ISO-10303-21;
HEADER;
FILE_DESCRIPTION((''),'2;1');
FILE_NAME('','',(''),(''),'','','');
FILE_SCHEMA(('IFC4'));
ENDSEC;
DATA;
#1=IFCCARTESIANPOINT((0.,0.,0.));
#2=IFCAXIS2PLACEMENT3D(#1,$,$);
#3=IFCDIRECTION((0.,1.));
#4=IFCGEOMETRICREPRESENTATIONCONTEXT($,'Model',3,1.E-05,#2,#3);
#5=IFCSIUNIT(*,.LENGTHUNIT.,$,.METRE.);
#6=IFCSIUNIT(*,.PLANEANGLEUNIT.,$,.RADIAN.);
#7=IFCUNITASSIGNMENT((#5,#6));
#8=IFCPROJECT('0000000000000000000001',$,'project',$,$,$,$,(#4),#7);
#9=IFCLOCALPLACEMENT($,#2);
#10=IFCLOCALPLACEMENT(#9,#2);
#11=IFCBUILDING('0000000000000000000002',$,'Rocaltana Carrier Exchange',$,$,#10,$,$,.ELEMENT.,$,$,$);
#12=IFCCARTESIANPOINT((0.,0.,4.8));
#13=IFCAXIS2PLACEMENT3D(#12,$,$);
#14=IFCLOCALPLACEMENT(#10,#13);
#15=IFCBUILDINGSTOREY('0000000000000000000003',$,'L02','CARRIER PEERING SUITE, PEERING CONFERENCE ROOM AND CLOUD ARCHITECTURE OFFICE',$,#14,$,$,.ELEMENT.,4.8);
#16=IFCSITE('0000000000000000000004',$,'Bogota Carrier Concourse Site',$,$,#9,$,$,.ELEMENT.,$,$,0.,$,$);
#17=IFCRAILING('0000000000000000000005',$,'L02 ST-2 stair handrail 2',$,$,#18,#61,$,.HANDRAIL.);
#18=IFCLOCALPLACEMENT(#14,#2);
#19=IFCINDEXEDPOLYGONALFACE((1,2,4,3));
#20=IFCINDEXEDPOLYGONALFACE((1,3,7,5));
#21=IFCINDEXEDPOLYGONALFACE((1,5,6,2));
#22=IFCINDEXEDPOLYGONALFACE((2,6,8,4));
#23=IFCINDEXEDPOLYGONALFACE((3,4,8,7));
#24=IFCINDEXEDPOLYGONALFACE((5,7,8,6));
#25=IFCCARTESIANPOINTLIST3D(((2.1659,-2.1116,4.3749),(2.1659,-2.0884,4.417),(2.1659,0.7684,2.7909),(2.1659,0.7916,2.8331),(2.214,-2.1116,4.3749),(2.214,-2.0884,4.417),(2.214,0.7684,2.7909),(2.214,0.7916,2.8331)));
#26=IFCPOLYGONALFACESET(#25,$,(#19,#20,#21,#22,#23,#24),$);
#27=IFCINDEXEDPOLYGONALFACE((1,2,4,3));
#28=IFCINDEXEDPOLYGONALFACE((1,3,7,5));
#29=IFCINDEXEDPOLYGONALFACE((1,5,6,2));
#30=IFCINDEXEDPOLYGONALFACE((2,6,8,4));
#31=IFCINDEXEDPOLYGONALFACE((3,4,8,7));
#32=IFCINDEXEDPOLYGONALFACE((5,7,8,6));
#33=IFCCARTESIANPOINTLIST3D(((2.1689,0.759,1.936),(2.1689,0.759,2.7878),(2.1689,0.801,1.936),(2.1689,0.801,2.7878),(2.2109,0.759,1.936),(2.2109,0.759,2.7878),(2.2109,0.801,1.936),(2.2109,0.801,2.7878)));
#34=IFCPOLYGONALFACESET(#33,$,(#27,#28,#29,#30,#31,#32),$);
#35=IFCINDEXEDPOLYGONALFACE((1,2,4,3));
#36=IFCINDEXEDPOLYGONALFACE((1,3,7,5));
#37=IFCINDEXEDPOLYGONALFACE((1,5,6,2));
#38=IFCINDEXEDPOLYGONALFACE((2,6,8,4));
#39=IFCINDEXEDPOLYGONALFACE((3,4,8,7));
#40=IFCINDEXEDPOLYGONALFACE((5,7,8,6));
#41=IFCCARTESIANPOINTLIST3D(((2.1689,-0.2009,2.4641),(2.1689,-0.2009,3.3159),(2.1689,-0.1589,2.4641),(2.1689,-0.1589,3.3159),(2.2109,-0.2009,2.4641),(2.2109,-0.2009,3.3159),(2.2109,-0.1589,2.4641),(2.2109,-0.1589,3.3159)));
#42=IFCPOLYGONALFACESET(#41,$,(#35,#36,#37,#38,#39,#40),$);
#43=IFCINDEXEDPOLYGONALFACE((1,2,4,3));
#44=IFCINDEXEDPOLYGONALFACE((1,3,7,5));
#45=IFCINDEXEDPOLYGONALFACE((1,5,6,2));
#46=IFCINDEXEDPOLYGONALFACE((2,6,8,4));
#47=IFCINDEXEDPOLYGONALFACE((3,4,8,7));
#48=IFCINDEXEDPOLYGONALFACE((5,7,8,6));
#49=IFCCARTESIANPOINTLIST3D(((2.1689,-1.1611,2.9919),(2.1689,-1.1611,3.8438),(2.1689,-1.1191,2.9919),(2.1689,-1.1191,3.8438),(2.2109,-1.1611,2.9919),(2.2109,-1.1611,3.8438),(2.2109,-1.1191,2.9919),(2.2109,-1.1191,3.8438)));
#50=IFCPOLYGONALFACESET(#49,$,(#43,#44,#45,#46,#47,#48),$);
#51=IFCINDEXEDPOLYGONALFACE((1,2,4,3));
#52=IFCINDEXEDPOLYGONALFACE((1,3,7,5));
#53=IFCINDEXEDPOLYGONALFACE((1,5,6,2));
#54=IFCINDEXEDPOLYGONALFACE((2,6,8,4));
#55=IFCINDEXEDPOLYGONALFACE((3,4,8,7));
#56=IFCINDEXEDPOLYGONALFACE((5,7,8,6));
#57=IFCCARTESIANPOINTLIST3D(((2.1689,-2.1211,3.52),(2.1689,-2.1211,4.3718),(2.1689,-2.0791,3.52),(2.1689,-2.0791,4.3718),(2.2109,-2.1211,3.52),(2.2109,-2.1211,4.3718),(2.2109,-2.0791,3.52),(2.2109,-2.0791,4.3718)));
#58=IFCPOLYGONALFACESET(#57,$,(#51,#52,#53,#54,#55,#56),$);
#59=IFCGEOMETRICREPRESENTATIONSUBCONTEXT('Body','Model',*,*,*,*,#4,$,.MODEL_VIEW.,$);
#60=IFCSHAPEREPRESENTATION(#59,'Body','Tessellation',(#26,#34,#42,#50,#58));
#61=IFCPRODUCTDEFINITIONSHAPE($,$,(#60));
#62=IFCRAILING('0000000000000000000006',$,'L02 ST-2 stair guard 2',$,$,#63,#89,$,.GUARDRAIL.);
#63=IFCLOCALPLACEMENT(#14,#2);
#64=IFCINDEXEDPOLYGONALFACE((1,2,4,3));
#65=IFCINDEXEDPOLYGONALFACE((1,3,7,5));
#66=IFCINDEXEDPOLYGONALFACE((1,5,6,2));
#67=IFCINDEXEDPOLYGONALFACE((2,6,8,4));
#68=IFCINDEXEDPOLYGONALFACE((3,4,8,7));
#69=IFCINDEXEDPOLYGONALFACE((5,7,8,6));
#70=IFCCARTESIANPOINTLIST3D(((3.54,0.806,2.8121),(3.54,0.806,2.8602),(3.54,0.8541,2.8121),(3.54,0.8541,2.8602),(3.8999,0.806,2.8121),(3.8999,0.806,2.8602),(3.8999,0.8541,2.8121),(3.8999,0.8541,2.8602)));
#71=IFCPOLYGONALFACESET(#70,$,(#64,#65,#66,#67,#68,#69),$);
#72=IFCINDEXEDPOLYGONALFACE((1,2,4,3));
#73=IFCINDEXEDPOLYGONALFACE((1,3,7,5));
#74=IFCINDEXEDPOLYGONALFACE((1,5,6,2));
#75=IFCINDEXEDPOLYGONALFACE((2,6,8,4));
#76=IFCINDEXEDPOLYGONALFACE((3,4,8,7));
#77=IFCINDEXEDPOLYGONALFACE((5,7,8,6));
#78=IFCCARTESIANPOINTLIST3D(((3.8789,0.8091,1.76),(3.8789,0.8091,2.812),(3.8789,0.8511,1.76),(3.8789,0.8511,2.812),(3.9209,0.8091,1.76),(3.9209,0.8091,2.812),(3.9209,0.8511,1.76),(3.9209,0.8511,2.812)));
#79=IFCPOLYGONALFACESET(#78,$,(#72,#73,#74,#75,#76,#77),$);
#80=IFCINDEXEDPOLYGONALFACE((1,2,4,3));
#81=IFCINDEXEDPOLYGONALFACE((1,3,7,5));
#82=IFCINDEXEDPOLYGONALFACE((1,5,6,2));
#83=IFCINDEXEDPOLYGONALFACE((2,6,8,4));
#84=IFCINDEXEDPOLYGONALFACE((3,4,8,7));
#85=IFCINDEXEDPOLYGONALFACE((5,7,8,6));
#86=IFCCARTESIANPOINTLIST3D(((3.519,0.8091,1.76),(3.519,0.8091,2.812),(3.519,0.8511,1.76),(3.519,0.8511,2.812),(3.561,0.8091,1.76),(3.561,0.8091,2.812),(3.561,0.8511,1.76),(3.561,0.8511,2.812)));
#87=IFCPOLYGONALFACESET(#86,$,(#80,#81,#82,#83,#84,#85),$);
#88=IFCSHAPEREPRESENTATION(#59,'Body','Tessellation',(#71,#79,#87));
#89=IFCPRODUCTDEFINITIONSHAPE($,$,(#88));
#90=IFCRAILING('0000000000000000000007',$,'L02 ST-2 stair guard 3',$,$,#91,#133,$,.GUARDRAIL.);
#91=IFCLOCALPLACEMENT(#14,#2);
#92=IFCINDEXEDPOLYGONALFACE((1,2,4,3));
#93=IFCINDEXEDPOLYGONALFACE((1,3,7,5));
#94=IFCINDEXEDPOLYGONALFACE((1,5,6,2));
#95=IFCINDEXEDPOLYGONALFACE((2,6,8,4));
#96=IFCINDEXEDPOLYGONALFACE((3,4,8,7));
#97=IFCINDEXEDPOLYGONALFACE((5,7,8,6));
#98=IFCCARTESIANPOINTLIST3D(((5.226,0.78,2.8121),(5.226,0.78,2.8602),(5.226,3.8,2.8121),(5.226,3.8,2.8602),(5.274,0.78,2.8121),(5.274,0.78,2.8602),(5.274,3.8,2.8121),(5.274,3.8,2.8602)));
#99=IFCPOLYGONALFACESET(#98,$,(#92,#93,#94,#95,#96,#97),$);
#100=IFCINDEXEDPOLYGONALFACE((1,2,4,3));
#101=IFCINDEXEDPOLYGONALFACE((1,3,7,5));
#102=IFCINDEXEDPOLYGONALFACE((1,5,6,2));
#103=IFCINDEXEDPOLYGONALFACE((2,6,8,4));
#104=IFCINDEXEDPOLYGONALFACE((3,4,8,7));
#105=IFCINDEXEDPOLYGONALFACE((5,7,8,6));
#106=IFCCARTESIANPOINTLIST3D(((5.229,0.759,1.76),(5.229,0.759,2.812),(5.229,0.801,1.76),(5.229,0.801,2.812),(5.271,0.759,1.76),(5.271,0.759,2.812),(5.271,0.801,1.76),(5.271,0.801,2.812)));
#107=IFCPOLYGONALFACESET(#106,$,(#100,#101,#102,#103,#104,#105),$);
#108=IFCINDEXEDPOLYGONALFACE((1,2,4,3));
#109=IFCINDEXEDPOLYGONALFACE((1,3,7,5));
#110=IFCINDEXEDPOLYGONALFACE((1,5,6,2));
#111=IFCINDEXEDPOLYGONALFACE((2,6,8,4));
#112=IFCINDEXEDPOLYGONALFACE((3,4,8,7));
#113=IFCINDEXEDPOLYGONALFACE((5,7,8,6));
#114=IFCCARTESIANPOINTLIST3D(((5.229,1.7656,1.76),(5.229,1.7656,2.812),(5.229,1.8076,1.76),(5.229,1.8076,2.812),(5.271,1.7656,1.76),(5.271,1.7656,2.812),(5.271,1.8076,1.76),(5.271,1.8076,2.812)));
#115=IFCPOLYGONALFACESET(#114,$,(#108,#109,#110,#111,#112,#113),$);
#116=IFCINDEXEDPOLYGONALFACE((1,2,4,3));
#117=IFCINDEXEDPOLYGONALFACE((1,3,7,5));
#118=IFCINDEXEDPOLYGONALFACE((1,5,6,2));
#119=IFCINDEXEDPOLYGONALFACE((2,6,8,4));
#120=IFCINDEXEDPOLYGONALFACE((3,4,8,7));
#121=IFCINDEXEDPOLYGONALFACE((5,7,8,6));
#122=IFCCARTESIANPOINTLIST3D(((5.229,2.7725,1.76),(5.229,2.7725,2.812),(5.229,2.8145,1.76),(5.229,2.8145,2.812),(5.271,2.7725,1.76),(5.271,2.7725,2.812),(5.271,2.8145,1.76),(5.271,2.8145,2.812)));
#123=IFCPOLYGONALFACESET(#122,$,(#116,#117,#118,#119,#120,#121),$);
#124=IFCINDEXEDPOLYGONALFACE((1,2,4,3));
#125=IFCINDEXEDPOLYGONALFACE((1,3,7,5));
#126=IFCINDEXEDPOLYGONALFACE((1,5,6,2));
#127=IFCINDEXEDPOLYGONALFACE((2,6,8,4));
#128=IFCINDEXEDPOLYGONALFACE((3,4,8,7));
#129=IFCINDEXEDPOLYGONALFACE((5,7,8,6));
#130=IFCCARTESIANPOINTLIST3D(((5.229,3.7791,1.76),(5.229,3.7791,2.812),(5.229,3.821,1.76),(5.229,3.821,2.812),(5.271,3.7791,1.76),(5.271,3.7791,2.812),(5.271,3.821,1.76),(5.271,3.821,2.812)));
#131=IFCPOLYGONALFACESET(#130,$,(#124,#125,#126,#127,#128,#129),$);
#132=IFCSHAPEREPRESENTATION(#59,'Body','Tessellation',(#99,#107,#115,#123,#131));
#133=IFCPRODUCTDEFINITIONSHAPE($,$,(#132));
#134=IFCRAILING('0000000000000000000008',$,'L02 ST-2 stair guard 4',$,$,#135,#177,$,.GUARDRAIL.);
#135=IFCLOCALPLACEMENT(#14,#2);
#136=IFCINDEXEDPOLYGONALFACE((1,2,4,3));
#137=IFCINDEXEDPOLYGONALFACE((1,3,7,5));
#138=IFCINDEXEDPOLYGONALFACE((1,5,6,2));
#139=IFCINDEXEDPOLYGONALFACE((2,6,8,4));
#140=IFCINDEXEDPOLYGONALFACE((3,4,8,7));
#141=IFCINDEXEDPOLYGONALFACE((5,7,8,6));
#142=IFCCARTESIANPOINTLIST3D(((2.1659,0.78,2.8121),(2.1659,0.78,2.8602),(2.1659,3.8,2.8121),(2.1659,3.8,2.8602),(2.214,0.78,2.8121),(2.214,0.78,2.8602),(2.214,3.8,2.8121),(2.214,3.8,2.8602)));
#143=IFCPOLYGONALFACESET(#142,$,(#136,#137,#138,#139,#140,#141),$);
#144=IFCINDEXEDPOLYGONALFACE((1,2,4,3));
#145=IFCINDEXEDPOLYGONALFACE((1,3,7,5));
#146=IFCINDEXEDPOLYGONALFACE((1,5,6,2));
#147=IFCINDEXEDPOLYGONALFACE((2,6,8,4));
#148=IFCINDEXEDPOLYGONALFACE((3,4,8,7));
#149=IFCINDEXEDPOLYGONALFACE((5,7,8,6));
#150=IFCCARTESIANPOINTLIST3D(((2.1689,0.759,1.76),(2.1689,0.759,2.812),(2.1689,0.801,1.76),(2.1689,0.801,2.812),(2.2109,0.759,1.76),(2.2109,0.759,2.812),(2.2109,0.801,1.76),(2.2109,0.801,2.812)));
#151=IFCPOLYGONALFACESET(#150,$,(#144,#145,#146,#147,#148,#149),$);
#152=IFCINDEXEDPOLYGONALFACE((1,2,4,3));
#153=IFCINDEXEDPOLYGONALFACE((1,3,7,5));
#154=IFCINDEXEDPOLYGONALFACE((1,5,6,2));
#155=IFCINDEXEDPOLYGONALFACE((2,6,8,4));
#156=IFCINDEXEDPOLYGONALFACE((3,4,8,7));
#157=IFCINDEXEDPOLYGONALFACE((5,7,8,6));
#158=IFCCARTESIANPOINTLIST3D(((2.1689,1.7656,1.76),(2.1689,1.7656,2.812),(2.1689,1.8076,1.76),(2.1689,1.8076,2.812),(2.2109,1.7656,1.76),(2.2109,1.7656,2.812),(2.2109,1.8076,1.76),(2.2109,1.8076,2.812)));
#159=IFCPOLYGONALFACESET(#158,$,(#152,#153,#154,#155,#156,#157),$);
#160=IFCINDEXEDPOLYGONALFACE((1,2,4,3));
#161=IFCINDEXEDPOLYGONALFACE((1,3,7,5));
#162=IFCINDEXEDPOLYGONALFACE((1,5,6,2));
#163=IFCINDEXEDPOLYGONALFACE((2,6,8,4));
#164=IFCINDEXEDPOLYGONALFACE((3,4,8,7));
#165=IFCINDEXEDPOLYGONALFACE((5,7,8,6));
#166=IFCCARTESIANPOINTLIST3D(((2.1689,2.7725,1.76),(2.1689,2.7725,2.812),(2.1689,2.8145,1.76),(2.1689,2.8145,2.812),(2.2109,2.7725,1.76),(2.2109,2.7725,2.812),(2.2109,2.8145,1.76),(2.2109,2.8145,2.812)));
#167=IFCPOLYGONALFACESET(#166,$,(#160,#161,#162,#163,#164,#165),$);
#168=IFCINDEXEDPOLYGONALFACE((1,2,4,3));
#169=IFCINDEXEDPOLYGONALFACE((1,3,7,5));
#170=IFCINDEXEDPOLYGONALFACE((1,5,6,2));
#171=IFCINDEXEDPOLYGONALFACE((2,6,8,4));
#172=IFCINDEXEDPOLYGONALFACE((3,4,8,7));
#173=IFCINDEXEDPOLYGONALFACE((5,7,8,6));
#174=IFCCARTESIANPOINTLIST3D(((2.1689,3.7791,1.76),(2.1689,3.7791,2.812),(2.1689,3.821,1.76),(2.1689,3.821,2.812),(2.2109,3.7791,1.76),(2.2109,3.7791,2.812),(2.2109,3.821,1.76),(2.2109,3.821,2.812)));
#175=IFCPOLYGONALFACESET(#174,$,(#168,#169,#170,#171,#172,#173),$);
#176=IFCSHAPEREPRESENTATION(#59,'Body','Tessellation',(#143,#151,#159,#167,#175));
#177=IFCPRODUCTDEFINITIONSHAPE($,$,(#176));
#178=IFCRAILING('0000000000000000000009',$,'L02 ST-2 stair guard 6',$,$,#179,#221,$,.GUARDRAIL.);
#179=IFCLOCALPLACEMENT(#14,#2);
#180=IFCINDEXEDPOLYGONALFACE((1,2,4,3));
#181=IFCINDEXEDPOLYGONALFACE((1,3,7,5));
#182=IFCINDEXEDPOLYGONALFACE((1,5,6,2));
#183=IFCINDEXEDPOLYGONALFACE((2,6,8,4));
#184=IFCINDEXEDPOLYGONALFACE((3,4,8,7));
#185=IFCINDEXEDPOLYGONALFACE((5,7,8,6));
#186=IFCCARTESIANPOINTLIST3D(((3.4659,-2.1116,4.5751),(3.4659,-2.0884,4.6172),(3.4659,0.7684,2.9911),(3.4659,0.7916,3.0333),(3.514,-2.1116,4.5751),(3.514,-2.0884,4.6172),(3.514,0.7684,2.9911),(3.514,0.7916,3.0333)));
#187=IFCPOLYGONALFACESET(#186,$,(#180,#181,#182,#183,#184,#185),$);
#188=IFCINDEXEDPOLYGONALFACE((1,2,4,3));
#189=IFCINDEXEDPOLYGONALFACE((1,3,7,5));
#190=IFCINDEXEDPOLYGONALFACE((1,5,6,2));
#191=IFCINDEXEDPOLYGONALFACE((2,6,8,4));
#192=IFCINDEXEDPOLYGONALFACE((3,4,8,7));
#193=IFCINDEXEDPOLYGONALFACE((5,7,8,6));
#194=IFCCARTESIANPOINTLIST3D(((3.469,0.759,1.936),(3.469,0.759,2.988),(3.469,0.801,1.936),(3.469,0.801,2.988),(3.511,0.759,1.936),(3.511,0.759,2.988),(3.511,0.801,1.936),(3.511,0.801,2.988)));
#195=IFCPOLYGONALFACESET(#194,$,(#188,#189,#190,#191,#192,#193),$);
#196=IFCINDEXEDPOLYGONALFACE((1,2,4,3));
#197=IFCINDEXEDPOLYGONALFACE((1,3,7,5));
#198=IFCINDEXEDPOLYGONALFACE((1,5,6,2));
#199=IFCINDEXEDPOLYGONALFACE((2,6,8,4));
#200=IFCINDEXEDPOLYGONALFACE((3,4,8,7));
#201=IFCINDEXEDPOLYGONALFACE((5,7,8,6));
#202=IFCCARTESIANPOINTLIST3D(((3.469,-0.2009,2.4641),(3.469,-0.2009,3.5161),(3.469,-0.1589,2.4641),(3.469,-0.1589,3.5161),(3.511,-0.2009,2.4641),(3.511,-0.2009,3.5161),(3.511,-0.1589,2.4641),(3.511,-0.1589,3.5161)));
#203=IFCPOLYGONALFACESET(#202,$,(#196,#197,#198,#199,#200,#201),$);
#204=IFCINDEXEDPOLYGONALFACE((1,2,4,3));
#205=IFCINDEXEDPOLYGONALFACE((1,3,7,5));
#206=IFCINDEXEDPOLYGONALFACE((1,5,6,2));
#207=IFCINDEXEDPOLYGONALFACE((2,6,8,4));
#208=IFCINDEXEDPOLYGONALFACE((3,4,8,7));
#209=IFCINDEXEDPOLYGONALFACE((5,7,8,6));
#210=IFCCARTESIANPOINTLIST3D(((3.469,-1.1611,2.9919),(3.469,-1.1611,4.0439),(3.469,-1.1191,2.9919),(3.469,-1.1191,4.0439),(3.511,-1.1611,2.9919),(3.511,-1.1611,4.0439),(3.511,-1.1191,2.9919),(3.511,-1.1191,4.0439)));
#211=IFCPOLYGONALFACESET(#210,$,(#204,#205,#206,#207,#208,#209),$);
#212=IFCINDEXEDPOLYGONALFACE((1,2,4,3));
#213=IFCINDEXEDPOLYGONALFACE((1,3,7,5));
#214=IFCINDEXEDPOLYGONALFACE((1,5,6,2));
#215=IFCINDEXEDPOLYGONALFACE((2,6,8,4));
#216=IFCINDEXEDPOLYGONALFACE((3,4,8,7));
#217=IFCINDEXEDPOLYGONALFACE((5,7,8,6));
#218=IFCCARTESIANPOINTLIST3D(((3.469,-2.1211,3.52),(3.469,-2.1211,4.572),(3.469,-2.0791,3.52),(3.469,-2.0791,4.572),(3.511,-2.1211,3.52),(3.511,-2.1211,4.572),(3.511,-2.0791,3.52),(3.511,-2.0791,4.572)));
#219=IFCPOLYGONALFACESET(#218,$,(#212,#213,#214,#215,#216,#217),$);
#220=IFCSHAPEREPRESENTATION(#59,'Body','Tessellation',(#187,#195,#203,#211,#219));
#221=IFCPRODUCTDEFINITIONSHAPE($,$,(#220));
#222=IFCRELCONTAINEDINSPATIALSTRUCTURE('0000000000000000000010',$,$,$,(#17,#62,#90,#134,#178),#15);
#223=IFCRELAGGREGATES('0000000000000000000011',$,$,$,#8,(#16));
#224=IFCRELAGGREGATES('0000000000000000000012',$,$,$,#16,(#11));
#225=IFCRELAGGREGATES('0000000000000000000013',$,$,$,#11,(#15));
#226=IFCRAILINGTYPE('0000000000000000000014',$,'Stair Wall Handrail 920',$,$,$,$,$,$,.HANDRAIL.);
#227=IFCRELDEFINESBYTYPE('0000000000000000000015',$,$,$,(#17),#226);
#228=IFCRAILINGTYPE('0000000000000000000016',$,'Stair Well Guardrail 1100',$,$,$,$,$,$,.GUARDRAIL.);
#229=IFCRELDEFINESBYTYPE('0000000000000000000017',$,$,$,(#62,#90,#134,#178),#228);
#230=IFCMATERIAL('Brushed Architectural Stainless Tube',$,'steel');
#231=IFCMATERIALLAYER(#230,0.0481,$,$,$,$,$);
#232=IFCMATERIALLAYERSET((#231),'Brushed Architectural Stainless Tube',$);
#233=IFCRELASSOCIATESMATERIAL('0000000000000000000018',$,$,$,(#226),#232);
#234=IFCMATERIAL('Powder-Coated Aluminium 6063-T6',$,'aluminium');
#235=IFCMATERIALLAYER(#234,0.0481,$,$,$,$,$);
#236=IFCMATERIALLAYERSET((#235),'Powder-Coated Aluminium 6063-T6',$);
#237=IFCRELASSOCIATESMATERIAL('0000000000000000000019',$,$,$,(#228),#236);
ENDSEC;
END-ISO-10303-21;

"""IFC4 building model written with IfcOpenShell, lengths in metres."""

from ifc_helpers import new_model, si_unit, direction, frame, origin, origin_2d, place, context, subcontext, project, spatial, rectangle, extrude, material, layer, layer_set, type_object, element, save


model = new_model("IFC4")

# Units and contexts
model_context = context("Model", 3, precision=1e-05, world=origin(), true_north=direction((0.0, 1.0)))
body_context = subcontext(model_context, "Body", "Model", "MODEL_VIEW")
ifc_project = project(units=[si_unit("LENGTHUNIT", "METRE"), si_unit("PLANEANGLEUNIT", "RADIAN")], contexts=[model_context])

# Site, building, storey
site_placement = place(None, origin())
site = spatial("IfcSite", under=ifc_project, at=site_placement, Name="Bogota Carrier Concourse Site", CompositionType="ELEMENT", RefElevation=0.0)
building_placement = place(site_placement, origin())
building = spatial("IfcBuilding", under=site, at=building_placement, Name="Rocaltana Carrier Exchange", CompositionType="ELEMENT")
storey_placement = place(building_placement, frame((0.0, 0.0, 4.8)))
storey = spatial("IfcBuildingStorey", under=building, at=storey_placement, Name="L02", Description="CARRIER PEERING SUITE, PEERING CONFERENCE ROOM AND CLOUD ARCHITECTURE OFFICE", CompositionType="ELEMENT", Elevation=4.8)

# Railings
ifc_material_1 = material(Name="Brushed Architectural Stainless Tube", Category="steel")
ifc_layer_1 = layer(ifc_material_1, 0.0481)
ifc_layer_set_1 = layer_set([ifc_layer_1], Name="Brushed Architectural Stainless Tube")
railing_type_1 = type_object("IfcRailingType", Name="Stair Wall Handrail 920", PredefinedType="HANDRAIL", material=ifc_layer_set_1)
railing_1_placement = place(storey_placement, frame((2.1899, 0.78, 1.936)))
element("IfcRailing", 1, at=railing_1_placement, inside=storey, type_object=railing_type_1, Name="L02 ST-2 stair handrail 2", PredefinedType="HANDRAIL", context=body_context, shape_type="SweptSolid", body=[
    extrude(rectangle(XDim=0.0481, YDim=0.0481, at=origin_2d()), frame((0.0, 0.0, 0.876), z_axis=(0.0, -0.876227, 0.481899), x_axis=(1.0, 0.0, 0.0)), (0.0, 0.0, 1.0), 3.2869),
    extrude(rectangle(XDim=0.042, YDim=0.042, at=origin_2d()), origin(), (0.0, 0.0, 1.0), 0.8518),
    extrude(rectangle(XDim=0.042, YDim=0.042, at=origin_2d()), frame((0.0, -0.96, 0.5281)), (0.0, 0.0, 1.0), 0.8518),
    extrude(rectangle(XDim=0.042, YDim=0.042, at=origin_2d()), frame((0.0, -1.9202, 1.0559)), (0.0, 0.0, 1.0), 0.8518),
    extrude(rectangle(XDim=0.042, YDim=0.042, at=origin_2d()), frame((0.0, -2.8801, 1.584)), (0.0, 0.0, 1.0), 0.8518),
])
ifc_material_2 = material(Name="Powder-Coated Aluminium 6063-T6", Category="aluminium")
ifc_layer_2 = layer(ifc_material_2, 0.0481)
ifc_layer_set_2 = layer_set([ifc_layer_2], Name="Powder-Coated Aluminium 6063-T6")
railing_type_2 = type_object("IfcRailingType", Name="Stair Well Guardrail 1100", PredefinedType="GUARDRAIL", material=ifc_layer_set_2)
railing_2_placement = place(storey_placement, frame((3.8999, 0.8301, 1.76)))
element("IfcRailing", 2, at=railing_2_placement, inside=storey, type_object=railing_type_2, Name="L02 ST-2 stair guard 2", PredefinedType="GUARDRAIL", context=body_context, shape_type="SweptSolid", body=[
    extrude(rectangle(XDim=0.0481, YDim=0.0481, at=origin_2d()), frame((0.0, 0.0, 1.0762), z_axis=(-1.0, 0.0, 0.0), x_axis=(0.0, -1.0, 0.0)), (0.0, 0.0, 1.0), 0.3599),
    extrude(rectangle(XDim=0.042, YDim=0.042, at=origin_2d()), origin(), (0.0, 0.0, 1.0), 1.052),
    extrude(rectangle(XDim=0.042, YDim=0.042, at=origin_2d()), frame((-0.3599, 0.0, 0.0)), (0.0, 0.0, 1.0), 1.052),
])
for number, where, name in (
    (3, (5.25, 0.78, 1.76), "L02 ST-2 stair guard 3"),
    (4, (2.1899, 0.78, 1.76), "L02 ST-2 stair guard 4"),
):
    element("IfcRailing", number, at=place(storey_placement, frame(where)), inside=storey, type_object=railing_type_2, Name=name, PredefinedType="GUARDRAIL", context=body_context, shape_type="SweptSolid", body=[
        extrude(rectangle(XDim=0.0481, YDim=0.0481, at=origin_2d()), frame((0.0, 0.0, 1.0762), z_axis=(0.0, 1.0, 0.0), x_axis=(-1.0, 0.0, 0.0)), (0.0, 0.0, 1.0), 3.02),
        extrude(rectangle(XDim=0.042, YDim=0.042, at=origin_2d()), origin(), (0.0, 0.0, 1.0), 1.052),
        extrude(rectangle(XDim=0.042, YDim=0.042, at=origin_2d()), frame((0.0, 1.0066, 0.0)), (0.0, 0.0, 1.0), 1.052),
        extrude(rectangle(XDim=0.042, YDim=0.042, at=origin_2d()), frame((0.0, 2.0134, 0.0)), (0.0, 0.0, 1.0), 1.052),
        extrude(rectangle(XDim=0.042, YDim=0.042, at=origin_2d()), frame((0.0, 3.02, 0.0)), (0.0, 0.0, 1.0), 1.052),
    ])
railing_3_placement = place(storey_placement, frame((3.49, 0.78, 1.936)))
element("IfcRailing", 5, at=railing_3_placement, inside=storey, type_object=railing_type_2, Name="L02 ST-2 stair guard 6", PredefinedType="GUARDRAIL", context=body_context, shape_type="SweptSolid", body=[
    extrude(rectangle(XDim=0.0481, YDim=0.0481, at=origin_2d()), frame((0.0, 0.0, 1.0762), z_axis=(0.0, -0.876227, 0.481899), x_axis=(1.0, 0.0, 0.0)), (0.0, 0.0, 1.0), 3.2869),
    extrude(rectangle(XDim=0.042, YDim=0.042, at=origin_2d()), origin(), (0.0, 0.0, 1.0), 1.052),
    extrude(rectangle(XDim=0.042, YDim=0.042, at=origin_2d()), frame((0.0, -0.96, 0.5281)), (0.0, 0.0, 1.0), 1.052),
    extrude(rectangle(XDim=0.042, YDim=0.042, at=origin_2d()), frame((0.0, -1.9202, 1.0559)), (0.0, 0.0, 1.0), 1.052),
    extrude(rectangle(XDim=0.042, YDim=0.042, at=origin_2d()), frame((0.0, -2.8801, 1.584)), (0.0, 0.0, 1.0), 1.052),
])

save(model, "model.ifc")
